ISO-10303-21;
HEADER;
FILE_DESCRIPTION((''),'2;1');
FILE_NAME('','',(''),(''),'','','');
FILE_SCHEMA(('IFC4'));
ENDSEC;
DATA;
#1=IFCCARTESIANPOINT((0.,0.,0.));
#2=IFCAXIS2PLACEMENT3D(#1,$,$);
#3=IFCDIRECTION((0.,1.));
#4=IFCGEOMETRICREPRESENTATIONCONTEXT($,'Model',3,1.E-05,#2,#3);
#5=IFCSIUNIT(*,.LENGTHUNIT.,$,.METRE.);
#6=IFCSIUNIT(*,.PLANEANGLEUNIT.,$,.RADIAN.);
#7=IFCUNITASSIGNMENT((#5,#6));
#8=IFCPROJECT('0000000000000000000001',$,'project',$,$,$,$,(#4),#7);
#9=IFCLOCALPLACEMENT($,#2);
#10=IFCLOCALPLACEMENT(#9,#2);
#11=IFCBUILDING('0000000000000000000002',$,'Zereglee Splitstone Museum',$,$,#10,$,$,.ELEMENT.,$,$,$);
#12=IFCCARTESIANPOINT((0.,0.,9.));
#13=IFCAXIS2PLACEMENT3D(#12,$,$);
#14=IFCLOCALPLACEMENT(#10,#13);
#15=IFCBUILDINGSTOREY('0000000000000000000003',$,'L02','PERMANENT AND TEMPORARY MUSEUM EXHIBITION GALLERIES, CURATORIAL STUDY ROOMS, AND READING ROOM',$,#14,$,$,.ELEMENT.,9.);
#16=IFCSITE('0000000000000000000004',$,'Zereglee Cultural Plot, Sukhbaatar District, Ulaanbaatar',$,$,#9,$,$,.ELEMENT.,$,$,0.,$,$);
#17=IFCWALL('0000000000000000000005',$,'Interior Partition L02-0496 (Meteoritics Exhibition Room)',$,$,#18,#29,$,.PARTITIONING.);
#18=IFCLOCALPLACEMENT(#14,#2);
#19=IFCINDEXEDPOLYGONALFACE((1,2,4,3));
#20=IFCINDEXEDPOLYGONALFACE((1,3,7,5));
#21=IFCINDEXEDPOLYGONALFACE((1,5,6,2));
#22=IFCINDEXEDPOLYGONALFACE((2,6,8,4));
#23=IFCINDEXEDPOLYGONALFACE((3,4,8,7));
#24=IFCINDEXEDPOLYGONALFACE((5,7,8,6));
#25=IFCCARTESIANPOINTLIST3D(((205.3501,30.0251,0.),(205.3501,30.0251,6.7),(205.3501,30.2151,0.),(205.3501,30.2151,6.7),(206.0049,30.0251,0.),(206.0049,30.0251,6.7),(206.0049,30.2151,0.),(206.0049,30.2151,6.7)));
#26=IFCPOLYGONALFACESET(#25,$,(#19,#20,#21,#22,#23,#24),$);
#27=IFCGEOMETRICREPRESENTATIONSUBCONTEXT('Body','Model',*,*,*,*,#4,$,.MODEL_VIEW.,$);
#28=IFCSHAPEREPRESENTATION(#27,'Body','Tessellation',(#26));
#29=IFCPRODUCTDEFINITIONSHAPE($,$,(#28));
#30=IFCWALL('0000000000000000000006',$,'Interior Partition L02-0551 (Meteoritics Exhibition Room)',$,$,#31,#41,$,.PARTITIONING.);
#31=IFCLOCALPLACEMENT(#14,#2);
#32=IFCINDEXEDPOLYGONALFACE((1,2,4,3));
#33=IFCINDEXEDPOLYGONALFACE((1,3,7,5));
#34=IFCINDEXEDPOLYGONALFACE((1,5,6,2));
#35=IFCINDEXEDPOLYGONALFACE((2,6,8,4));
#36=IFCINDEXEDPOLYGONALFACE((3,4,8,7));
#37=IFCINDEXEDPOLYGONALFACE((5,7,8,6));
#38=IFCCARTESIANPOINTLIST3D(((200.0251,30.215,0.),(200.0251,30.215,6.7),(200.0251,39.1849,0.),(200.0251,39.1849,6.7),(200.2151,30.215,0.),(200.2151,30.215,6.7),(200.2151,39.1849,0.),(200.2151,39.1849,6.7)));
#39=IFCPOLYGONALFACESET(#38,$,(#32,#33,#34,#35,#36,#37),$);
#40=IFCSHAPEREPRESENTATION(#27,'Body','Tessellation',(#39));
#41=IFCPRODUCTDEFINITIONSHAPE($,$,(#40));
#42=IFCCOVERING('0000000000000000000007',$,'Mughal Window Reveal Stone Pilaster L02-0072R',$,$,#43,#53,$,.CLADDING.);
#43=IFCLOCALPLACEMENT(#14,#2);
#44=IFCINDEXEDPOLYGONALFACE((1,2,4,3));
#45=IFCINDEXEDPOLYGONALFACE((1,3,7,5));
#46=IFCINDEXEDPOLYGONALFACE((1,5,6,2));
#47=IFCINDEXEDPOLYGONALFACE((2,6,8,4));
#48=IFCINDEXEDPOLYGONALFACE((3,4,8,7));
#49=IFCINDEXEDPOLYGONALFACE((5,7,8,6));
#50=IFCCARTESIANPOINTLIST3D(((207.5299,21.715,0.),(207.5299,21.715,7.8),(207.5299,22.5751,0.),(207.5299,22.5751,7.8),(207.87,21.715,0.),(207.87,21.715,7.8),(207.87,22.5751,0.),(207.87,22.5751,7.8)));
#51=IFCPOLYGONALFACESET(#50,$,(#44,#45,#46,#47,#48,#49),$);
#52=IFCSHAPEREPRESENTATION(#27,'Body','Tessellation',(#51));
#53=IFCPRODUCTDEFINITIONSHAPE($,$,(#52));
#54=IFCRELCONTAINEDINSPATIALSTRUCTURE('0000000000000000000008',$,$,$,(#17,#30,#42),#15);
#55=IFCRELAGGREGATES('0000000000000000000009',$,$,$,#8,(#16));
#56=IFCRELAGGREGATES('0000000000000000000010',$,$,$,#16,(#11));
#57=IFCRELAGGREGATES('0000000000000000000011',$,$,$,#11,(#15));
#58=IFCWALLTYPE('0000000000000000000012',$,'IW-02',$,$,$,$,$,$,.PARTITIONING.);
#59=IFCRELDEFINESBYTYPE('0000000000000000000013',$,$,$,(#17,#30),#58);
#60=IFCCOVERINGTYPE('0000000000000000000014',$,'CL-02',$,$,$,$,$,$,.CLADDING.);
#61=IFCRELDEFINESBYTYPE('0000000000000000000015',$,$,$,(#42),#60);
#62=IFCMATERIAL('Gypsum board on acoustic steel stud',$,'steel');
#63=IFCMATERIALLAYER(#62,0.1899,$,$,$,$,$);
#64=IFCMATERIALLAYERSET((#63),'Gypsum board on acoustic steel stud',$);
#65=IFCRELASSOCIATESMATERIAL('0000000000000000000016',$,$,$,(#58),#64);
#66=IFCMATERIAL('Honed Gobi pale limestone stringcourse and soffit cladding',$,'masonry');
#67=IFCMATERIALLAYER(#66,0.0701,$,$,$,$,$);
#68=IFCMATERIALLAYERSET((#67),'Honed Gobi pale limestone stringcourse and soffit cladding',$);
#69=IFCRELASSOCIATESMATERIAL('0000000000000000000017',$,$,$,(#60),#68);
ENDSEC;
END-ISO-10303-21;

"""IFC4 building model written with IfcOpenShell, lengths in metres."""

from ifc_helpers import new_model, si_unit, direction, frame, frame_2d, origin, origin_2d, place, context, subcontext, project, spatial, rectangle, extrude, material, layer, layer_set, type_object, element, save


model = new_model("IFC4")

# Units and contexts
model_context = context("Model", 3, precision=1e-05, world=origin(), true_north=direction((0.0, 1.0)))
body_context = subcontext(model_context, "Body", "Model", "MODEL_VIEW")
ifc_project = project(units=[si_unit("LENGTHUNIT", "METRE"), si_unit("PLANEANGLEUNIT", "RADIAN")], contexts=[model_context])

# Site, building, storey
site_placement = place(None, origin())
site = spatial("IfcSite", under=ifc_project, at=site_placement, Name="Zereglee Cultural Plot, Sukhbaatar District, Ulaanbaatar", CompositionType="ELEMENT", RefElevation=0.0)
building_placement = place(site_placement, origin())
building = spatial("IfcBuilding", under=site, at=building_placement, Name="Zereglee Splitstone Museum", CompositionType="ELEMENT")
storey_placement = place(building_placement, frame((0.0, 0.0, 9.0)))
storey = spatial("IfcBuildingStorey", under=building, at=storey_placement, Name="L02", Description="PERMANENT AND TEMPORARY MUSEUM EXHIBITION GALLERIES, CURATORIAL STUDY ROOMS, AND READING ROOM", CompositionType="ELEMENT", Elevation=9.0)

# Walls
ifc_material_1 = material(Name="Gypsum board on acoustic steel stud", Category="steel")
ifc_layer_1 = layer(ifc_material_1, 0.1899)
ifc_layer_set_1 = layer_set([ifc_layer_1], Name="Gypsum board on acoustic steel stud")
wall_type_1 = type_object("IfcWallType", Name="IW-02", PredefinedType="PARTITIONING", material=ifc_layer_set_1)
wall_1_placement = place(storey_placement, frame((205.3501, 30.1201, 0.0), z_axis=(0.0, 0.0, 1.0), x_axis=(1.0, 0.0, 0.0)))
element("IfcWall", 1, at=wall_1_placement, inside=storey, type_object=wall_type_1, Name="Interior Partition L02-0496 (Meteoritics Exhibition Room)", PredefinedType="PARTITIONING", context=body_context, shape_type="SweptSolid", body=[
    extrude(rectangle(XDim=0.6548, YDim=0.1899, at=frame_2d((0.3274, 0.0))), origin(), (0.0, 0.0, 1.0), 6.7),
])
wall_2_placement = place(storey_placement, frame((200.1201, 30.2151, 0.0), z_axis=(0.0, 0.0, 1.0), x_axis=(0.0, 1.0, 0.0)))
element("IfcWall", 2, at=wall_2_placement, inside=storey, type_object=wall_type_1, Name="Interior Partition L02-0551 (Meteoritics Exhibition Room)", PredefinedType="PARTITIONING", context=body_context, shape_type="SweptSolid", body=[
    extrude(rectangle(XDim=8.97, YDim=0.1899, at=frame_2d((4.4849, 0.0))), origin(), (0.0, 0.0, 1.0), 6.7),
])

# Covering
ifc_material_2 = material(Name="Honed Gobi pale limestone stringcourse and soffit cladding", Category="masonry")
ifc_layer_2 = layer(ifc_material_2, 0.0701)
ifc_layer_set_2 = layer_set([ifc_layer_2], Name="Honed Gobi pale limestone stringcourse and soffit cladding")
covering_type = type_object("IfcCoveringType", Name="CL-02", PredefinedType="CLADDING", material=ifc_layer_set_2)
covering_placement = place(storey_placement, frame((207.7, 22.145, 0.0), z_axis=(0.0, 0.0, 1.0), x_axis=(-1.0, 0.0, 0.0)))
element("IfcCovering", 3, at=covering_placement, inside=storey, type_object=covering_type, Name="Mughal Window Reveal Stone Pilaster L02-0072R", PredefinedType="CLADDING", context=body_context, shape_type="SweptSolid", body=[
    extrude(rectangle(XDim=0.3401, YDim=0.8601, at=origin_2d()), origin(), (0.0, 0.0, 1.0), 7.8),
])

save(model, "model.ifc")
